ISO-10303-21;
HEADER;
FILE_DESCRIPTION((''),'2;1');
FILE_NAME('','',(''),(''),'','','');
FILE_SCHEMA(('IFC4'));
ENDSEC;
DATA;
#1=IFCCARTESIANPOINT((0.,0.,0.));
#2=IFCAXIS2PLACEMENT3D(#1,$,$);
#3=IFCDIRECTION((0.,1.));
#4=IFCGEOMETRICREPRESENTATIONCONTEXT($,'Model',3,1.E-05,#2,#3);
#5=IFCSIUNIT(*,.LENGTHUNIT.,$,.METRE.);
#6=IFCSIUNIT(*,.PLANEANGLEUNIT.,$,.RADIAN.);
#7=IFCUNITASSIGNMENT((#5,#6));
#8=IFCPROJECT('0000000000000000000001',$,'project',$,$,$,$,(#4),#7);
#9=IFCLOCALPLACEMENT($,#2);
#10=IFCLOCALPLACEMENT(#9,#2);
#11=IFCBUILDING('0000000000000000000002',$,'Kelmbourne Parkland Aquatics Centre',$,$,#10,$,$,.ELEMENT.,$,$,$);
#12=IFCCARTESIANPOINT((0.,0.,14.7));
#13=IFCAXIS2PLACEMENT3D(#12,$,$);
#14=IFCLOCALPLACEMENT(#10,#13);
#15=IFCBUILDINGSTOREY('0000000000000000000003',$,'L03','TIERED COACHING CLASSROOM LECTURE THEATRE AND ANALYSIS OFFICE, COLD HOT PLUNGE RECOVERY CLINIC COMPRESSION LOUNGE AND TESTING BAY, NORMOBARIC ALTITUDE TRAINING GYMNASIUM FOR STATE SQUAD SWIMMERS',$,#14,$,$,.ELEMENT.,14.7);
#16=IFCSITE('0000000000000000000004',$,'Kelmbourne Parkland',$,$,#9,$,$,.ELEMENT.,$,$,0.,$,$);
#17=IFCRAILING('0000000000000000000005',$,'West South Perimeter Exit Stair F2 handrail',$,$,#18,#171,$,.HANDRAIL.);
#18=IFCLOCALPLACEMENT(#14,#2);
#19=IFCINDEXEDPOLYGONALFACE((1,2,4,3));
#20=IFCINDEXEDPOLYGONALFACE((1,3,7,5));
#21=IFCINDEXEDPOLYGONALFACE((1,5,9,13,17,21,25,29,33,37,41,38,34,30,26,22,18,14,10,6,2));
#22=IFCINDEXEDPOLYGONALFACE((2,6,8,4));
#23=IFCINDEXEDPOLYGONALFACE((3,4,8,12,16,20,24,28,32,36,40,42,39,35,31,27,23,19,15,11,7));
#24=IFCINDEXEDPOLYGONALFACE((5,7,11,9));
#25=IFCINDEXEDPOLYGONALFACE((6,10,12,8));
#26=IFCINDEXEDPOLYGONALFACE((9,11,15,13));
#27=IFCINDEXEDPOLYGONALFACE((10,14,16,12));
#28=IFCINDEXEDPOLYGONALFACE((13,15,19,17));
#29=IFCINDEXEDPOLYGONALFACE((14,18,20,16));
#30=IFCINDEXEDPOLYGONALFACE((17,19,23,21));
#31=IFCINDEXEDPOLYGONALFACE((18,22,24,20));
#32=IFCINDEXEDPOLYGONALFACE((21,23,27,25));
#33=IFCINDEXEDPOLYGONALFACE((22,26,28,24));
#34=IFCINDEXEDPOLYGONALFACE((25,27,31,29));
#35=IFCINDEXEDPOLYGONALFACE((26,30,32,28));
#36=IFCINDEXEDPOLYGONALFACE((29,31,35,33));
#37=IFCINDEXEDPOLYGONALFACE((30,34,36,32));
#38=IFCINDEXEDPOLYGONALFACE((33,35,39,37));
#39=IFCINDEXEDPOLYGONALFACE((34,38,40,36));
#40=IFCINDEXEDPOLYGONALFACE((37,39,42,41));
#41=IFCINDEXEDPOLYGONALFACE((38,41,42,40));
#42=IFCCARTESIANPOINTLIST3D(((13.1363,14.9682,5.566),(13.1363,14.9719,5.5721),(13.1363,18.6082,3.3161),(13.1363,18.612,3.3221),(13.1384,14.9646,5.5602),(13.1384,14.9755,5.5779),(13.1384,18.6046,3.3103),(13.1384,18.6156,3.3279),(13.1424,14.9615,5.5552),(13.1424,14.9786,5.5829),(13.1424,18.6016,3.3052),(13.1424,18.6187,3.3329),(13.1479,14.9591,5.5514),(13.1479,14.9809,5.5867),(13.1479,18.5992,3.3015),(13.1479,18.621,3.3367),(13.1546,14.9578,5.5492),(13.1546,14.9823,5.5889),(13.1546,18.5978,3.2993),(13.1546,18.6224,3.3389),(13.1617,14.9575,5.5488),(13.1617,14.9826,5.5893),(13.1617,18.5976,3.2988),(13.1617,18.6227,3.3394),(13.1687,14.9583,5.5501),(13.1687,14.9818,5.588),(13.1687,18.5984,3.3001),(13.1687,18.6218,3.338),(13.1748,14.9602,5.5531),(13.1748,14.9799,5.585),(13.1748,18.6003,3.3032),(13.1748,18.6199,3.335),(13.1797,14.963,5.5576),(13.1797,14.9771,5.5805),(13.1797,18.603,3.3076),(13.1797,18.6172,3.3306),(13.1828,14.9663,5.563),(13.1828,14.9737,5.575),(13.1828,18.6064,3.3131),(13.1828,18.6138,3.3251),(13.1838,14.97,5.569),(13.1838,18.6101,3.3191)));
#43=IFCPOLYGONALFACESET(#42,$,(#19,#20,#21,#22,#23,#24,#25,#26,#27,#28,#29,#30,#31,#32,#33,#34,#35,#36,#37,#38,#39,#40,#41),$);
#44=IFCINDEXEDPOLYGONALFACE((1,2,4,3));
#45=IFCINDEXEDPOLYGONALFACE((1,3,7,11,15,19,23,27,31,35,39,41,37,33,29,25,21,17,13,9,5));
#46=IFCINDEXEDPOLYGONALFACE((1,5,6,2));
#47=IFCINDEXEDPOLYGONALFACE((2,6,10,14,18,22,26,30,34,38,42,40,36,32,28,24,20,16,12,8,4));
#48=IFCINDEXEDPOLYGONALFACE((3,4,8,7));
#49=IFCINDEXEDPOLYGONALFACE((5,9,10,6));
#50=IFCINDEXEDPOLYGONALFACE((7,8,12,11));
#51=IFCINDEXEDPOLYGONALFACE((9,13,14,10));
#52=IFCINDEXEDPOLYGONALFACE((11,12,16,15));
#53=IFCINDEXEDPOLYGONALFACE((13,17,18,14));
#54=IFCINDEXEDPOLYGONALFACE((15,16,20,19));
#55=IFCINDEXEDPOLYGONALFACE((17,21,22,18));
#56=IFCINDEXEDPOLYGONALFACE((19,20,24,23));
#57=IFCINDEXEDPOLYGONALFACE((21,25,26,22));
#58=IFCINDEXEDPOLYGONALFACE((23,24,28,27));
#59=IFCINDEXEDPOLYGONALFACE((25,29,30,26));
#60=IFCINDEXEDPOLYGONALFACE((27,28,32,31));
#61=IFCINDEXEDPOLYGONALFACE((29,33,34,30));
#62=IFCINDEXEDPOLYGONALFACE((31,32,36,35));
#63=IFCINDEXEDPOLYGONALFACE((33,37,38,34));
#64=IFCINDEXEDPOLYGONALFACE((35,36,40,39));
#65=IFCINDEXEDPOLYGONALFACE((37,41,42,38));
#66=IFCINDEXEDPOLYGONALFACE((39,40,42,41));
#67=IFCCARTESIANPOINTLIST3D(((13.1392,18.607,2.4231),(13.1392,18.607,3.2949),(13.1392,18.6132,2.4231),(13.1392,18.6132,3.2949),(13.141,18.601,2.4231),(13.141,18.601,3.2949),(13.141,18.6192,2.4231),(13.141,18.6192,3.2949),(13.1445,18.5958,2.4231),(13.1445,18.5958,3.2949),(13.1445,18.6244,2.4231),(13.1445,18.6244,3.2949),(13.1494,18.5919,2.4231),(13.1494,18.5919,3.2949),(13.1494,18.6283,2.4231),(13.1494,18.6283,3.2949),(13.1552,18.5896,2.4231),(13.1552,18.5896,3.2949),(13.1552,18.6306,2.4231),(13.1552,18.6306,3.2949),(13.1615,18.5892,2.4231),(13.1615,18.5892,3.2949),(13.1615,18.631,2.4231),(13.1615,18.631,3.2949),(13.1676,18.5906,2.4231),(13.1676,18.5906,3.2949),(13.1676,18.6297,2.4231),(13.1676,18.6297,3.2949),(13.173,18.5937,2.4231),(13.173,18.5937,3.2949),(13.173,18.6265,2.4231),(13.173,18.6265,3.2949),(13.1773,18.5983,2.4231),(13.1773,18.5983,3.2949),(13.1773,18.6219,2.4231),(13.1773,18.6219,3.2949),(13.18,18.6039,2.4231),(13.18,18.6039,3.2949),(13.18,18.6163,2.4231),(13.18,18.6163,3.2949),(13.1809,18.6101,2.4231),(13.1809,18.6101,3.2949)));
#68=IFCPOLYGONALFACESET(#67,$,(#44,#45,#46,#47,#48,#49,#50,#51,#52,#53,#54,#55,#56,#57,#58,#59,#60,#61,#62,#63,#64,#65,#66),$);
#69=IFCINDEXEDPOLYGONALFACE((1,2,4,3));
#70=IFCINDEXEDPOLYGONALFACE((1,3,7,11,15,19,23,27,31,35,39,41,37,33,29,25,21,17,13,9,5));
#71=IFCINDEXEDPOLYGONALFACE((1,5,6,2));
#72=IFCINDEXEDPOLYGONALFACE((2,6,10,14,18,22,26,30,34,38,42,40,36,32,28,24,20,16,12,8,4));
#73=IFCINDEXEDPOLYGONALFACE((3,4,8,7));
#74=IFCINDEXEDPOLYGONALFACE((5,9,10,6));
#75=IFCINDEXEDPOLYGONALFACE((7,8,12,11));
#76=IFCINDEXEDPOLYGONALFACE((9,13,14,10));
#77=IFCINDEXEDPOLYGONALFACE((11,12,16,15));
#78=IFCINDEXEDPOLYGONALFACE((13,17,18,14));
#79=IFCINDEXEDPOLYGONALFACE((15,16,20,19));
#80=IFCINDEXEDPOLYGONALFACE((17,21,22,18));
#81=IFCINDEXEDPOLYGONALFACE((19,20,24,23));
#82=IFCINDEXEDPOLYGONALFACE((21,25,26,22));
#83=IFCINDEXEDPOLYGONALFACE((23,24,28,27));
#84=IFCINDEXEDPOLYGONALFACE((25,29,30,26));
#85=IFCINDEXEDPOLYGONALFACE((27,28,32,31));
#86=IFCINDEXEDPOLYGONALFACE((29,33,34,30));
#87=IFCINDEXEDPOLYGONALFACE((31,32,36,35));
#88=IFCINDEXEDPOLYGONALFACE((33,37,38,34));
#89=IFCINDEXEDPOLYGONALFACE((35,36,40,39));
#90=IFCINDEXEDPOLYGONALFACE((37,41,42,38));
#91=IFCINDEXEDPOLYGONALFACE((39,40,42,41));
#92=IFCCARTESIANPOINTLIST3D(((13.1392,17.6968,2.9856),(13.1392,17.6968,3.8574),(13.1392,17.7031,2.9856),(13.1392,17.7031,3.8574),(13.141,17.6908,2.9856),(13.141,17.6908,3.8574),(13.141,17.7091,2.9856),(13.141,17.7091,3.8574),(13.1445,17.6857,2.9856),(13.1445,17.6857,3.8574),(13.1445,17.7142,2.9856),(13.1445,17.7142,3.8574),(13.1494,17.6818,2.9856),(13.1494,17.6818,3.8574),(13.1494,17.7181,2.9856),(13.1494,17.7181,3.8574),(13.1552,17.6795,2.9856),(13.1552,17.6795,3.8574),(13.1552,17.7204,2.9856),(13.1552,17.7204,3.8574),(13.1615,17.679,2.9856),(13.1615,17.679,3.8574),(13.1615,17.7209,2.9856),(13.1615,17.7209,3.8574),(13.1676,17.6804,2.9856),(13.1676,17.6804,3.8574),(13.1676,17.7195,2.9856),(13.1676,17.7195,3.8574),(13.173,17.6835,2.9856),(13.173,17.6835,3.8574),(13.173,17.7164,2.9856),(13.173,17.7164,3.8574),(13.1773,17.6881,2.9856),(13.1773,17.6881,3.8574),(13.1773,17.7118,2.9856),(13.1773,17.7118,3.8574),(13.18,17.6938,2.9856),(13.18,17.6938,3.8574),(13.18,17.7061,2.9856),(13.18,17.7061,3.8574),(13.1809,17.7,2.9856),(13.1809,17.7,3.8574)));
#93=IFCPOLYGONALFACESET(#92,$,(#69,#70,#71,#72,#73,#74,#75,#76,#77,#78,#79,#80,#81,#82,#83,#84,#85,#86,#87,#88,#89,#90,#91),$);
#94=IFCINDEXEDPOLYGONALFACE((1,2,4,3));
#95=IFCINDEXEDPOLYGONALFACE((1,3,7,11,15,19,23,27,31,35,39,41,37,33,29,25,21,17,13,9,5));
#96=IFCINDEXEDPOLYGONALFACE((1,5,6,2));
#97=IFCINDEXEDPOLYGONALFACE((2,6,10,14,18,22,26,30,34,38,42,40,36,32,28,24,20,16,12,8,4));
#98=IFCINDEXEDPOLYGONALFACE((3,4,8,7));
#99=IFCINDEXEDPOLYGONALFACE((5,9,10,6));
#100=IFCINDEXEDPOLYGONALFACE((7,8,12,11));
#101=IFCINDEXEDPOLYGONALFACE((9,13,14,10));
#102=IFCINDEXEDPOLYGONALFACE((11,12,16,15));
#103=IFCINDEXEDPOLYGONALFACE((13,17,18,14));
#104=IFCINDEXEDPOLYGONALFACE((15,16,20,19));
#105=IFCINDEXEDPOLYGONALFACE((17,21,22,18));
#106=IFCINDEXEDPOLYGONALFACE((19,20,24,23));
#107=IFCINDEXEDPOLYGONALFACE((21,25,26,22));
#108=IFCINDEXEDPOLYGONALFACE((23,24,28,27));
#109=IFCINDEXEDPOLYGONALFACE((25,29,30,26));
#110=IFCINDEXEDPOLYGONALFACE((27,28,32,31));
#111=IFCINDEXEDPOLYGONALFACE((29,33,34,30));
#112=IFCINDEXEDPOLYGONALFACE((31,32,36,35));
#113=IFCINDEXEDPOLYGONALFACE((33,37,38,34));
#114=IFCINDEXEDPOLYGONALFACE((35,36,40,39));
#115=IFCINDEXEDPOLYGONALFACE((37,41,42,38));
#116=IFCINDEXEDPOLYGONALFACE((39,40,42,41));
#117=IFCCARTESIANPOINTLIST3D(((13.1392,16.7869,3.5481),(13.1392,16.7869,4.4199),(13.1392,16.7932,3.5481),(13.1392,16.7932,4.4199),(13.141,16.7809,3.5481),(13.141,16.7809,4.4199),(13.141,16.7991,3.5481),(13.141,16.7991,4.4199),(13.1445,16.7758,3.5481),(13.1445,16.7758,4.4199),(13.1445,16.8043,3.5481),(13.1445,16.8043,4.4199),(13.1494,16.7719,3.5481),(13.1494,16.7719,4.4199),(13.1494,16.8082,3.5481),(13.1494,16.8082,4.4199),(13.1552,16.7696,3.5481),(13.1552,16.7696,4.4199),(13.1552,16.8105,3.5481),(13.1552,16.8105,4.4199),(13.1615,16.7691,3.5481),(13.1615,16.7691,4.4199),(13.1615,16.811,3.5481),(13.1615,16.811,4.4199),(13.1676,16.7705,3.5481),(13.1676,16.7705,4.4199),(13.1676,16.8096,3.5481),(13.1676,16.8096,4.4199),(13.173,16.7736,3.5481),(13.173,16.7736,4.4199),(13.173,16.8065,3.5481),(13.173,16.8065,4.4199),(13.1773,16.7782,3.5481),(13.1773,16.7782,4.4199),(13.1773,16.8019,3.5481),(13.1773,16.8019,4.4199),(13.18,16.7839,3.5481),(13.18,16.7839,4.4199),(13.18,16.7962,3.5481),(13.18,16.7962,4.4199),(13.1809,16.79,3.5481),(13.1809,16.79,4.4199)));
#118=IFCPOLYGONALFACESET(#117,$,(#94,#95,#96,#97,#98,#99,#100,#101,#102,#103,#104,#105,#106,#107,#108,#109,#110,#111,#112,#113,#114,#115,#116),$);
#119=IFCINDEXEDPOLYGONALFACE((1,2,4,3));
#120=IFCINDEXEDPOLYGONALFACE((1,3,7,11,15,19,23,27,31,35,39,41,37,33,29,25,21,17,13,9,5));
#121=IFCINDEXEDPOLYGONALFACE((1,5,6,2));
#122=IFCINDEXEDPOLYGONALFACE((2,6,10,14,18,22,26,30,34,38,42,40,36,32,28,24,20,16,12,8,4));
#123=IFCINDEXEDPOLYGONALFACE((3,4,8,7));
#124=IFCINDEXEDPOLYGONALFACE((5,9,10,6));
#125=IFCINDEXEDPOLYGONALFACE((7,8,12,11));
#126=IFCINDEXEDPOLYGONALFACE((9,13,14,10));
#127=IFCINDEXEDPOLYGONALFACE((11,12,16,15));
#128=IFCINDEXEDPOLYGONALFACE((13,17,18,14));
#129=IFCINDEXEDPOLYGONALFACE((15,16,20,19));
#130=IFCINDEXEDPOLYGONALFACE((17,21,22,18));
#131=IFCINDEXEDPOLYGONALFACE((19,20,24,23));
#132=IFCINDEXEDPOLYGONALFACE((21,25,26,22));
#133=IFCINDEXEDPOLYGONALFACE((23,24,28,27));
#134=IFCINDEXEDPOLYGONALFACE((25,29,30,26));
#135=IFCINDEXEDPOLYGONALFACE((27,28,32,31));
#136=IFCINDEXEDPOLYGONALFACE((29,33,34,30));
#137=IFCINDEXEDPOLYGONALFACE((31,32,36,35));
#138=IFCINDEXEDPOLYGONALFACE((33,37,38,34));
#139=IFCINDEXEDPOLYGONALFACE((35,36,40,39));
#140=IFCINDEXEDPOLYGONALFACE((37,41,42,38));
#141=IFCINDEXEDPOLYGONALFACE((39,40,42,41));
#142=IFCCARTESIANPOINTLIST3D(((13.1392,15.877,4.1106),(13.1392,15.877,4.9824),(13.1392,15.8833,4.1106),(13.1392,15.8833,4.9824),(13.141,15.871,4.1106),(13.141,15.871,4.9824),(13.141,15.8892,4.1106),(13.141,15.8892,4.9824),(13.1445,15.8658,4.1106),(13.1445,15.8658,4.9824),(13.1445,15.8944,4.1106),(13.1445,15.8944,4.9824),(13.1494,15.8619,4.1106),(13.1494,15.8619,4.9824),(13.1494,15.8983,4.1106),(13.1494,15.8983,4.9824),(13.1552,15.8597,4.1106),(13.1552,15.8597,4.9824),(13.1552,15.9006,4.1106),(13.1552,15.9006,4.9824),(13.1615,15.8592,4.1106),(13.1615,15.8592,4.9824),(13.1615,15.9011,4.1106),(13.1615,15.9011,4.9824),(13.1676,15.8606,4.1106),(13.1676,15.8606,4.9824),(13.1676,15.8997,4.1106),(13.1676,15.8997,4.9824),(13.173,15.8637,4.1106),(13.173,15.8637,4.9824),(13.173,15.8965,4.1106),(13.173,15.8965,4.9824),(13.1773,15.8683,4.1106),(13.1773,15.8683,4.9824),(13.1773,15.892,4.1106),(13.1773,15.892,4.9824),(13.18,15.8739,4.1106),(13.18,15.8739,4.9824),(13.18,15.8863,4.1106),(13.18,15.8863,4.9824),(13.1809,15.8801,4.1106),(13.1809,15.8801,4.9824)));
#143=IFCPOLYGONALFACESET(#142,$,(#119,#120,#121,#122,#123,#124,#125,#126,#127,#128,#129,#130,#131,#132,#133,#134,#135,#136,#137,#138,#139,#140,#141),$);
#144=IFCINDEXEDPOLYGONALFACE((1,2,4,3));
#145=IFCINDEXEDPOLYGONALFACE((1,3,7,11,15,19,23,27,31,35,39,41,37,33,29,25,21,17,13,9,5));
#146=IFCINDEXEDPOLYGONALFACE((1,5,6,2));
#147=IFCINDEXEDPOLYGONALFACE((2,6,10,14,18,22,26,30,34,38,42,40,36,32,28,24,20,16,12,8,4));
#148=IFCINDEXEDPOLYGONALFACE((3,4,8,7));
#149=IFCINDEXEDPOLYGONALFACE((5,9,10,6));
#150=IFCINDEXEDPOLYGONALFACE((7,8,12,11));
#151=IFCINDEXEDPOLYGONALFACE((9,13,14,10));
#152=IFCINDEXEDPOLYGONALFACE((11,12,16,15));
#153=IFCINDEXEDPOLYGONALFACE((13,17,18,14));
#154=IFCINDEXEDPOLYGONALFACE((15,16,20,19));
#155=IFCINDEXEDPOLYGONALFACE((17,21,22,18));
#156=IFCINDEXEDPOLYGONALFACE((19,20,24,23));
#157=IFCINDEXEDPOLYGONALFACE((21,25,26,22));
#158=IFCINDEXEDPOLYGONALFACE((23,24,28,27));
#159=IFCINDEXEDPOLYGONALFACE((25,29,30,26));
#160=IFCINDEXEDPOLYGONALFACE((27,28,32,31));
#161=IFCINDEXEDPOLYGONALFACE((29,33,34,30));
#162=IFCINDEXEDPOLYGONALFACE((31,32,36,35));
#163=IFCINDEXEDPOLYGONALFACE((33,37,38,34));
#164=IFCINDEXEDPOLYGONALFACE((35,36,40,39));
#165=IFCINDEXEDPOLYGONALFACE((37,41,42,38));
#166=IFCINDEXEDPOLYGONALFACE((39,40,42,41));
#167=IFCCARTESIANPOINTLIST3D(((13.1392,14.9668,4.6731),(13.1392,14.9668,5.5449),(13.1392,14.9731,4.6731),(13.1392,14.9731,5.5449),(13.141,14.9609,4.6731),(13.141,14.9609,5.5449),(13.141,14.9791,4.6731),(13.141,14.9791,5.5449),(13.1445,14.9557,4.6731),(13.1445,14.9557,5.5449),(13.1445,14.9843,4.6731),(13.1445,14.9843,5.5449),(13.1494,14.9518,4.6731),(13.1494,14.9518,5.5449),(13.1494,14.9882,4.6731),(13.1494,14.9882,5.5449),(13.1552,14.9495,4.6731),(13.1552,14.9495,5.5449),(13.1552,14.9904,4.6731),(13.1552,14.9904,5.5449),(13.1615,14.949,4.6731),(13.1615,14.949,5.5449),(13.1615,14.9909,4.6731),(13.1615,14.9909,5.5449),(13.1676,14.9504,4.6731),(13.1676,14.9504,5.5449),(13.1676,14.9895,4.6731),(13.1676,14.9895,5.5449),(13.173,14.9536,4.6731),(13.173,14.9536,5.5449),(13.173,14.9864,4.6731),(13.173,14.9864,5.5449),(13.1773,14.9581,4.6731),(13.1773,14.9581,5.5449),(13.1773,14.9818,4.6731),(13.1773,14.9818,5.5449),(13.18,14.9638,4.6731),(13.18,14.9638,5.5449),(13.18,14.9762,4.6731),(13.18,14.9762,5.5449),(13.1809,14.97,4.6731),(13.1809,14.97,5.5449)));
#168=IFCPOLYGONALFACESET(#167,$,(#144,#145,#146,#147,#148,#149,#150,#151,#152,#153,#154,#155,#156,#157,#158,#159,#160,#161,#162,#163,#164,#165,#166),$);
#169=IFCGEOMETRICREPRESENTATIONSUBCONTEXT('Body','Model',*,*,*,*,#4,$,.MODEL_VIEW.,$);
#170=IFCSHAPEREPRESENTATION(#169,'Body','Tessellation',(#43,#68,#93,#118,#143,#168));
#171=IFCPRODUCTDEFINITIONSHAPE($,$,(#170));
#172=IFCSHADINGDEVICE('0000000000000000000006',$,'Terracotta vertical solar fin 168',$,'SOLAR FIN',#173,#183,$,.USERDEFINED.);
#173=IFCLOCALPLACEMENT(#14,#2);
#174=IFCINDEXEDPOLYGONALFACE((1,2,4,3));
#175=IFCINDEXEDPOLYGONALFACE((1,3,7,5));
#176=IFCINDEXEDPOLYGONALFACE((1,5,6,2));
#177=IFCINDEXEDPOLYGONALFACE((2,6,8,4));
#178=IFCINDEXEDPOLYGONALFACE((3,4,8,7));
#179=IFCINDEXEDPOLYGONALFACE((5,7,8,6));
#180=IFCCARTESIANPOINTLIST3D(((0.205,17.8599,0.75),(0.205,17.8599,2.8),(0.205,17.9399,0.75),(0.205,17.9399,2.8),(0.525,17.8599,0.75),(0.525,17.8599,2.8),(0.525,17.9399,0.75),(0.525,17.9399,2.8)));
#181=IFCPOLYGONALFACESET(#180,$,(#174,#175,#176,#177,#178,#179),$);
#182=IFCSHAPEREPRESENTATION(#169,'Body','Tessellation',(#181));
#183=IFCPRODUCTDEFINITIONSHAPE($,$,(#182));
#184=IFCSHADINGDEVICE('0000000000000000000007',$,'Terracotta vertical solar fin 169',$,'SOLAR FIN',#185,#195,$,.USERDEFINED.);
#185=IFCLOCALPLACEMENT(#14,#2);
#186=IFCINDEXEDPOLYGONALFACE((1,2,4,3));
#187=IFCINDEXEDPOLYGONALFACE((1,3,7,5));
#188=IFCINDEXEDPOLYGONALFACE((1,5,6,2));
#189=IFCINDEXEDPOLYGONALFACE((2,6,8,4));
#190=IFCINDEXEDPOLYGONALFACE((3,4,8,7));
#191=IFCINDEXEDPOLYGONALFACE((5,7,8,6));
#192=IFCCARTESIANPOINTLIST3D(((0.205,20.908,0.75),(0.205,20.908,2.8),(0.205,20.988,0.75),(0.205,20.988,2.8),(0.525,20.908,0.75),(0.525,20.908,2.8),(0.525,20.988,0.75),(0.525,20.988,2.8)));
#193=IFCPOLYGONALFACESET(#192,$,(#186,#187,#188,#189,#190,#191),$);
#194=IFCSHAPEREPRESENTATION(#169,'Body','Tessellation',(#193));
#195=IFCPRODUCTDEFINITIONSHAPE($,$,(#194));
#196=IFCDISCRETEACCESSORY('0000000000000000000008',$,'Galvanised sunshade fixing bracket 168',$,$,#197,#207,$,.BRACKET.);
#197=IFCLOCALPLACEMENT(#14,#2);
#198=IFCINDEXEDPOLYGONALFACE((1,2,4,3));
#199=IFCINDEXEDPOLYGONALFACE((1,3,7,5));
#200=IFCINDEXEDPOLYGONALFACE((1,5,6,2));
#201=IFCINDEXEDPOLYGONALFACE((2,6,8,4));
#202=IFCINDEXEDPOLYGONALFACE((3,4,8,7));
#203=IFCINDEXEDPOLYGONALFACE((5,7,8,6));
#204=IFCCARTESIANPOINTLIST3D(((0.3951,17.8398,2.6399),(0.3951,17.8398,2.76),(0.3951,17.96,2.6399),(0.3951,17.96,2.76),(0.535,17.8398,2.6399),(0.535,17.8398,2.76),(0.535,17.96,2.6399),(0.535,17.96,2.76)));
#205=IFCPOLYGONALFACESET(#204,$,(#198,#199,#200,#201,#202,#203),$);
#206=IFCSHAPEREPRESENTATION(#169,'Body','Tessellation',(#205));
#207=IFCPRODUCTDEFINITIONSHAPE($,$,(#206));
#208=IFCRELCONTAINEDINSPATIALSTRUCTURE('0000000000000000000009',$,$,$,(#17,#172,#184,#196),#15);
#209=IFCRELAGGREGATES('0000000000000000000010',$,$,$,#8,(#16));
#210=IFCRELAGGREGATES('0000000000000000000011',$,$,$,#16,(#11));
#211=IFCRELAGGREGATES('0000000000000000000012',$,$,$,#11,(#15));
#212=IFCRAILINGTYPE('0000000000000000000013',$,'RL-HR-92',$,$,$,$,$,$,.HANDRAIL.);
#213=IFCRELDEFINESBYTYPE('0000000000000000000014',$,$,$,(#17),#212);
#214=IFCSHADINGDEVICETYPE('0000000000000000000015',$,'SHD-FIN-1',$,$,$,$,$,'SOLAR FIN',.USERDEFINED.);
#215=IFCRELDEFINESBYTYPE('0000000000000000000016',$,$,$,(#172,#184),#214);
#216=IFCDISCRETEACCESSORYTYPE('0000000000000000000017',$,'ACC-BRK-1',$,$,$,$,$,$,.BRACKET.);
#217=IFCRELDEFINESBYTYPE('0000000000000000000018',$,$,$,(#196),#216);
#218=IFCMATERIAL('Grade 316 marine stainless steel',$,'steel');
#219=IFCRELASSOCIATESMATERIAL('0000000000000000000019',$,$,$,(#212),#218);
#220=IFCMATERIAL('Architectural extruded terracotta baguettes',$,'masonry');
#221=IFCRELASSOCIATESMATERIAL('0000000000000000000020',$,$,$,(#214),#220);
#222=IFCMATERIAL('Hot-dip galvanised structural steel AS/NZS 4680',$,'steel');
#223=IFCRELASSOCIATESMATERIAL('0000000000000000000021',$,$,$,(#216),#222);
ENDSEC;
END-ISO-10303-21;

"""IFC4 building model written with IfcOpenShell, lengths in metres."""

from ifc_helpers import new_model, si_unit, direction, frame, origin, origin_2d, place, context, subcontext, project, spatial, rectangle, circle, extrude, material, type_object, element, save


model = new_model("IFC4")

# Units and contexts
model_context = context("Model", 3, precision=1e-05, world=origin(), true_north=direction((0.0, 1.0)))
body_context = subcontext(model_context, "Body", "Model", "MODEL_VIEW")
ifc_project = project(units=[si_unit("LENGTHUNIT", "METRE"), si_unit("PLANEANGLEUNIT", "RADIAN")], contexts=[model_context])

# Site, building, storey
site_placement = place(None, origin())
site = spatial("IfcSite", under=ifc_project, at=site_placement, Name="Kelmbourne Parkland", CompositionType="ELEMENT", RefElevation=0.0)
building_placement = place(site_placement, origin())
building = spatial("IfcBuilding", under=site, at=building_placement, Name="Kelmbourne Parkland Aquatics Centre", CompositionType="ELEMENT")
storey_placement = place(building_placement, frame((0.0, 0.0, 14.7)))
storey = spatial("IfcBuildingStorey", under=building, at=storey_placement, Name="L03", Description="TIERED COACHING CLASSROOM LECTURE THEATRE AND ANALYSIS OFFICE, COLD HOT PLUNGE RECOVERY CLINIC COMPRESSION LOUNGE AND TESTING BAY, NORMOBARIC ALTITUDE TRAINING GYMNASIUM FOR STATE SQUAD SWIMMERS", CompositionType="ELEMENT", Elevation=14.7)

# Railing
ifc_material_1 = material(Name="Grade 316 marine stainless steel", Category="steel")
railing_type_1 = type_object("IfcRailingType", Name="RL-HR-92", PredefinedType="HANDRAIL", material=ifc_material_1)
railing_1_placement = place(storey_placement, frame((13.1599, 18.6101, 2.4231)))
element("IfcRailing", 1, at=railing_1_placement, inside=storey, type_object=railing_type_1, Name="West South Perimeter Exit Stair F2 handrail", PredefinedType="HANDRAIL", context=body_context, shape_type="SweptSolid", body=[
    extrude(circle(Radius=0.0239, at=origin_2d()), frame((0.0, 0.0, 0.896), z_axis=(0.0, -0.850622, 0.525777), x_axis=(1.0, 0.0, 0.0)), (0.0, 0.0, 1.0), 4.2793),
    extrude(circle(Radius=0.021, at=origin_2d()), origin(), (0.0, 0.0, 1.0), 0.8718),
    extrude(circle(Radius=0.021, at=origin_2d()), frame((0.0, -0.9102, 0.5625)), (0.0, 0.0, 1.0), 0.8718),
    extrude(circle(Radius=0.021, at=origin_2d()), frame((0.0, -1.8201, 1.125)), (0.0, 0.0, 1.0), 0.8718),
    extrude(circle(Radius=0.021, at=origin_2d()), frame((0.0, -2.73, 1.6875)), (0.0, 0.0, 1.0), 0.8718),
    extrude(circle(Radius=0.021, at=origin_2d()), frame((0.0, -3.6401, 2.25)), (0.0, 0.0, 1.0), 0.8718),
])

# Shading devices
ifc_material_2 = material(Name="Architectural extruded terracotta baguettes", Category="masonry")
shading_device_type = type_object("IfcShadingDeviceType", Name="SHD-FIN-1", ElementType="SOLAR FIN", PredefinedType="USERDEFINED", material=ifc_material_2)
for number, where, z_axis, x_axis, name in (
    (2, (0.365, 17.8999, 0.75), (0.0, 0.0, 1.0), (0.0, 1.0, 0.0), "Terracotta vertical solar fin 168"),
    (3, (0.365, 20.948, 0.75), (0.0, 0.0, 1.0), (0.0, 1.0, 0.0), "Terracotta vertical solar fin 169"),
):
    element("IfcShadingDevice", number, at=place(storey_placement, frame(where, z_axis=z_axis, x_axis=x_axis)), inside=storey, type_object=shading_device_type, Name=name, ObjectType="SOLAR FIN", PredefinedType="USERDEFINED", context=body_context, shape_type="SweptSolid", body=[
        extrude(rectangle(XDim=0.0801, YDim=0.3201, at=origin_2d()), origin(), (0.0, 0.0, 1.0), 2.05),
    ])

# Discrete accessory
ifc_material_3 = material(Name="Hot-dip galvanised structural steel AS/NZS 4680", Category="steel")
discrete_accessory_type = type_object("IfcDiscreteAccessoryType", Name="ACC-BRK-1", PredefinedType="BRACKET", material=ifc_material_3)
for number, where, z_axis, x_axis, name in (
    (4, (0.4651, 17.8999, 2.6399), (0.0, 0.0, 1.0), (0.0, 1.0, 0.0), "Galvanised sunshade fixing bracket 168"),
):
    element("IfcDiscreteAccessory", number, at=place(storey_placement, frame(where, z_axis=z_axis, x_axis=x_axis)), inside=storey, type_object=discrete_accessory_type, Name=name, PredefinedType="BRACKET", context=body_context, shape_type="SweptSolid", body=[
        extrude(rectangle(XDim=0.1201, YDim=0.1399, at=origin_2d()), origin(), (0.0, 0.0, 1.0), 0.1201),
    ])

save(model, "model.ifc")
